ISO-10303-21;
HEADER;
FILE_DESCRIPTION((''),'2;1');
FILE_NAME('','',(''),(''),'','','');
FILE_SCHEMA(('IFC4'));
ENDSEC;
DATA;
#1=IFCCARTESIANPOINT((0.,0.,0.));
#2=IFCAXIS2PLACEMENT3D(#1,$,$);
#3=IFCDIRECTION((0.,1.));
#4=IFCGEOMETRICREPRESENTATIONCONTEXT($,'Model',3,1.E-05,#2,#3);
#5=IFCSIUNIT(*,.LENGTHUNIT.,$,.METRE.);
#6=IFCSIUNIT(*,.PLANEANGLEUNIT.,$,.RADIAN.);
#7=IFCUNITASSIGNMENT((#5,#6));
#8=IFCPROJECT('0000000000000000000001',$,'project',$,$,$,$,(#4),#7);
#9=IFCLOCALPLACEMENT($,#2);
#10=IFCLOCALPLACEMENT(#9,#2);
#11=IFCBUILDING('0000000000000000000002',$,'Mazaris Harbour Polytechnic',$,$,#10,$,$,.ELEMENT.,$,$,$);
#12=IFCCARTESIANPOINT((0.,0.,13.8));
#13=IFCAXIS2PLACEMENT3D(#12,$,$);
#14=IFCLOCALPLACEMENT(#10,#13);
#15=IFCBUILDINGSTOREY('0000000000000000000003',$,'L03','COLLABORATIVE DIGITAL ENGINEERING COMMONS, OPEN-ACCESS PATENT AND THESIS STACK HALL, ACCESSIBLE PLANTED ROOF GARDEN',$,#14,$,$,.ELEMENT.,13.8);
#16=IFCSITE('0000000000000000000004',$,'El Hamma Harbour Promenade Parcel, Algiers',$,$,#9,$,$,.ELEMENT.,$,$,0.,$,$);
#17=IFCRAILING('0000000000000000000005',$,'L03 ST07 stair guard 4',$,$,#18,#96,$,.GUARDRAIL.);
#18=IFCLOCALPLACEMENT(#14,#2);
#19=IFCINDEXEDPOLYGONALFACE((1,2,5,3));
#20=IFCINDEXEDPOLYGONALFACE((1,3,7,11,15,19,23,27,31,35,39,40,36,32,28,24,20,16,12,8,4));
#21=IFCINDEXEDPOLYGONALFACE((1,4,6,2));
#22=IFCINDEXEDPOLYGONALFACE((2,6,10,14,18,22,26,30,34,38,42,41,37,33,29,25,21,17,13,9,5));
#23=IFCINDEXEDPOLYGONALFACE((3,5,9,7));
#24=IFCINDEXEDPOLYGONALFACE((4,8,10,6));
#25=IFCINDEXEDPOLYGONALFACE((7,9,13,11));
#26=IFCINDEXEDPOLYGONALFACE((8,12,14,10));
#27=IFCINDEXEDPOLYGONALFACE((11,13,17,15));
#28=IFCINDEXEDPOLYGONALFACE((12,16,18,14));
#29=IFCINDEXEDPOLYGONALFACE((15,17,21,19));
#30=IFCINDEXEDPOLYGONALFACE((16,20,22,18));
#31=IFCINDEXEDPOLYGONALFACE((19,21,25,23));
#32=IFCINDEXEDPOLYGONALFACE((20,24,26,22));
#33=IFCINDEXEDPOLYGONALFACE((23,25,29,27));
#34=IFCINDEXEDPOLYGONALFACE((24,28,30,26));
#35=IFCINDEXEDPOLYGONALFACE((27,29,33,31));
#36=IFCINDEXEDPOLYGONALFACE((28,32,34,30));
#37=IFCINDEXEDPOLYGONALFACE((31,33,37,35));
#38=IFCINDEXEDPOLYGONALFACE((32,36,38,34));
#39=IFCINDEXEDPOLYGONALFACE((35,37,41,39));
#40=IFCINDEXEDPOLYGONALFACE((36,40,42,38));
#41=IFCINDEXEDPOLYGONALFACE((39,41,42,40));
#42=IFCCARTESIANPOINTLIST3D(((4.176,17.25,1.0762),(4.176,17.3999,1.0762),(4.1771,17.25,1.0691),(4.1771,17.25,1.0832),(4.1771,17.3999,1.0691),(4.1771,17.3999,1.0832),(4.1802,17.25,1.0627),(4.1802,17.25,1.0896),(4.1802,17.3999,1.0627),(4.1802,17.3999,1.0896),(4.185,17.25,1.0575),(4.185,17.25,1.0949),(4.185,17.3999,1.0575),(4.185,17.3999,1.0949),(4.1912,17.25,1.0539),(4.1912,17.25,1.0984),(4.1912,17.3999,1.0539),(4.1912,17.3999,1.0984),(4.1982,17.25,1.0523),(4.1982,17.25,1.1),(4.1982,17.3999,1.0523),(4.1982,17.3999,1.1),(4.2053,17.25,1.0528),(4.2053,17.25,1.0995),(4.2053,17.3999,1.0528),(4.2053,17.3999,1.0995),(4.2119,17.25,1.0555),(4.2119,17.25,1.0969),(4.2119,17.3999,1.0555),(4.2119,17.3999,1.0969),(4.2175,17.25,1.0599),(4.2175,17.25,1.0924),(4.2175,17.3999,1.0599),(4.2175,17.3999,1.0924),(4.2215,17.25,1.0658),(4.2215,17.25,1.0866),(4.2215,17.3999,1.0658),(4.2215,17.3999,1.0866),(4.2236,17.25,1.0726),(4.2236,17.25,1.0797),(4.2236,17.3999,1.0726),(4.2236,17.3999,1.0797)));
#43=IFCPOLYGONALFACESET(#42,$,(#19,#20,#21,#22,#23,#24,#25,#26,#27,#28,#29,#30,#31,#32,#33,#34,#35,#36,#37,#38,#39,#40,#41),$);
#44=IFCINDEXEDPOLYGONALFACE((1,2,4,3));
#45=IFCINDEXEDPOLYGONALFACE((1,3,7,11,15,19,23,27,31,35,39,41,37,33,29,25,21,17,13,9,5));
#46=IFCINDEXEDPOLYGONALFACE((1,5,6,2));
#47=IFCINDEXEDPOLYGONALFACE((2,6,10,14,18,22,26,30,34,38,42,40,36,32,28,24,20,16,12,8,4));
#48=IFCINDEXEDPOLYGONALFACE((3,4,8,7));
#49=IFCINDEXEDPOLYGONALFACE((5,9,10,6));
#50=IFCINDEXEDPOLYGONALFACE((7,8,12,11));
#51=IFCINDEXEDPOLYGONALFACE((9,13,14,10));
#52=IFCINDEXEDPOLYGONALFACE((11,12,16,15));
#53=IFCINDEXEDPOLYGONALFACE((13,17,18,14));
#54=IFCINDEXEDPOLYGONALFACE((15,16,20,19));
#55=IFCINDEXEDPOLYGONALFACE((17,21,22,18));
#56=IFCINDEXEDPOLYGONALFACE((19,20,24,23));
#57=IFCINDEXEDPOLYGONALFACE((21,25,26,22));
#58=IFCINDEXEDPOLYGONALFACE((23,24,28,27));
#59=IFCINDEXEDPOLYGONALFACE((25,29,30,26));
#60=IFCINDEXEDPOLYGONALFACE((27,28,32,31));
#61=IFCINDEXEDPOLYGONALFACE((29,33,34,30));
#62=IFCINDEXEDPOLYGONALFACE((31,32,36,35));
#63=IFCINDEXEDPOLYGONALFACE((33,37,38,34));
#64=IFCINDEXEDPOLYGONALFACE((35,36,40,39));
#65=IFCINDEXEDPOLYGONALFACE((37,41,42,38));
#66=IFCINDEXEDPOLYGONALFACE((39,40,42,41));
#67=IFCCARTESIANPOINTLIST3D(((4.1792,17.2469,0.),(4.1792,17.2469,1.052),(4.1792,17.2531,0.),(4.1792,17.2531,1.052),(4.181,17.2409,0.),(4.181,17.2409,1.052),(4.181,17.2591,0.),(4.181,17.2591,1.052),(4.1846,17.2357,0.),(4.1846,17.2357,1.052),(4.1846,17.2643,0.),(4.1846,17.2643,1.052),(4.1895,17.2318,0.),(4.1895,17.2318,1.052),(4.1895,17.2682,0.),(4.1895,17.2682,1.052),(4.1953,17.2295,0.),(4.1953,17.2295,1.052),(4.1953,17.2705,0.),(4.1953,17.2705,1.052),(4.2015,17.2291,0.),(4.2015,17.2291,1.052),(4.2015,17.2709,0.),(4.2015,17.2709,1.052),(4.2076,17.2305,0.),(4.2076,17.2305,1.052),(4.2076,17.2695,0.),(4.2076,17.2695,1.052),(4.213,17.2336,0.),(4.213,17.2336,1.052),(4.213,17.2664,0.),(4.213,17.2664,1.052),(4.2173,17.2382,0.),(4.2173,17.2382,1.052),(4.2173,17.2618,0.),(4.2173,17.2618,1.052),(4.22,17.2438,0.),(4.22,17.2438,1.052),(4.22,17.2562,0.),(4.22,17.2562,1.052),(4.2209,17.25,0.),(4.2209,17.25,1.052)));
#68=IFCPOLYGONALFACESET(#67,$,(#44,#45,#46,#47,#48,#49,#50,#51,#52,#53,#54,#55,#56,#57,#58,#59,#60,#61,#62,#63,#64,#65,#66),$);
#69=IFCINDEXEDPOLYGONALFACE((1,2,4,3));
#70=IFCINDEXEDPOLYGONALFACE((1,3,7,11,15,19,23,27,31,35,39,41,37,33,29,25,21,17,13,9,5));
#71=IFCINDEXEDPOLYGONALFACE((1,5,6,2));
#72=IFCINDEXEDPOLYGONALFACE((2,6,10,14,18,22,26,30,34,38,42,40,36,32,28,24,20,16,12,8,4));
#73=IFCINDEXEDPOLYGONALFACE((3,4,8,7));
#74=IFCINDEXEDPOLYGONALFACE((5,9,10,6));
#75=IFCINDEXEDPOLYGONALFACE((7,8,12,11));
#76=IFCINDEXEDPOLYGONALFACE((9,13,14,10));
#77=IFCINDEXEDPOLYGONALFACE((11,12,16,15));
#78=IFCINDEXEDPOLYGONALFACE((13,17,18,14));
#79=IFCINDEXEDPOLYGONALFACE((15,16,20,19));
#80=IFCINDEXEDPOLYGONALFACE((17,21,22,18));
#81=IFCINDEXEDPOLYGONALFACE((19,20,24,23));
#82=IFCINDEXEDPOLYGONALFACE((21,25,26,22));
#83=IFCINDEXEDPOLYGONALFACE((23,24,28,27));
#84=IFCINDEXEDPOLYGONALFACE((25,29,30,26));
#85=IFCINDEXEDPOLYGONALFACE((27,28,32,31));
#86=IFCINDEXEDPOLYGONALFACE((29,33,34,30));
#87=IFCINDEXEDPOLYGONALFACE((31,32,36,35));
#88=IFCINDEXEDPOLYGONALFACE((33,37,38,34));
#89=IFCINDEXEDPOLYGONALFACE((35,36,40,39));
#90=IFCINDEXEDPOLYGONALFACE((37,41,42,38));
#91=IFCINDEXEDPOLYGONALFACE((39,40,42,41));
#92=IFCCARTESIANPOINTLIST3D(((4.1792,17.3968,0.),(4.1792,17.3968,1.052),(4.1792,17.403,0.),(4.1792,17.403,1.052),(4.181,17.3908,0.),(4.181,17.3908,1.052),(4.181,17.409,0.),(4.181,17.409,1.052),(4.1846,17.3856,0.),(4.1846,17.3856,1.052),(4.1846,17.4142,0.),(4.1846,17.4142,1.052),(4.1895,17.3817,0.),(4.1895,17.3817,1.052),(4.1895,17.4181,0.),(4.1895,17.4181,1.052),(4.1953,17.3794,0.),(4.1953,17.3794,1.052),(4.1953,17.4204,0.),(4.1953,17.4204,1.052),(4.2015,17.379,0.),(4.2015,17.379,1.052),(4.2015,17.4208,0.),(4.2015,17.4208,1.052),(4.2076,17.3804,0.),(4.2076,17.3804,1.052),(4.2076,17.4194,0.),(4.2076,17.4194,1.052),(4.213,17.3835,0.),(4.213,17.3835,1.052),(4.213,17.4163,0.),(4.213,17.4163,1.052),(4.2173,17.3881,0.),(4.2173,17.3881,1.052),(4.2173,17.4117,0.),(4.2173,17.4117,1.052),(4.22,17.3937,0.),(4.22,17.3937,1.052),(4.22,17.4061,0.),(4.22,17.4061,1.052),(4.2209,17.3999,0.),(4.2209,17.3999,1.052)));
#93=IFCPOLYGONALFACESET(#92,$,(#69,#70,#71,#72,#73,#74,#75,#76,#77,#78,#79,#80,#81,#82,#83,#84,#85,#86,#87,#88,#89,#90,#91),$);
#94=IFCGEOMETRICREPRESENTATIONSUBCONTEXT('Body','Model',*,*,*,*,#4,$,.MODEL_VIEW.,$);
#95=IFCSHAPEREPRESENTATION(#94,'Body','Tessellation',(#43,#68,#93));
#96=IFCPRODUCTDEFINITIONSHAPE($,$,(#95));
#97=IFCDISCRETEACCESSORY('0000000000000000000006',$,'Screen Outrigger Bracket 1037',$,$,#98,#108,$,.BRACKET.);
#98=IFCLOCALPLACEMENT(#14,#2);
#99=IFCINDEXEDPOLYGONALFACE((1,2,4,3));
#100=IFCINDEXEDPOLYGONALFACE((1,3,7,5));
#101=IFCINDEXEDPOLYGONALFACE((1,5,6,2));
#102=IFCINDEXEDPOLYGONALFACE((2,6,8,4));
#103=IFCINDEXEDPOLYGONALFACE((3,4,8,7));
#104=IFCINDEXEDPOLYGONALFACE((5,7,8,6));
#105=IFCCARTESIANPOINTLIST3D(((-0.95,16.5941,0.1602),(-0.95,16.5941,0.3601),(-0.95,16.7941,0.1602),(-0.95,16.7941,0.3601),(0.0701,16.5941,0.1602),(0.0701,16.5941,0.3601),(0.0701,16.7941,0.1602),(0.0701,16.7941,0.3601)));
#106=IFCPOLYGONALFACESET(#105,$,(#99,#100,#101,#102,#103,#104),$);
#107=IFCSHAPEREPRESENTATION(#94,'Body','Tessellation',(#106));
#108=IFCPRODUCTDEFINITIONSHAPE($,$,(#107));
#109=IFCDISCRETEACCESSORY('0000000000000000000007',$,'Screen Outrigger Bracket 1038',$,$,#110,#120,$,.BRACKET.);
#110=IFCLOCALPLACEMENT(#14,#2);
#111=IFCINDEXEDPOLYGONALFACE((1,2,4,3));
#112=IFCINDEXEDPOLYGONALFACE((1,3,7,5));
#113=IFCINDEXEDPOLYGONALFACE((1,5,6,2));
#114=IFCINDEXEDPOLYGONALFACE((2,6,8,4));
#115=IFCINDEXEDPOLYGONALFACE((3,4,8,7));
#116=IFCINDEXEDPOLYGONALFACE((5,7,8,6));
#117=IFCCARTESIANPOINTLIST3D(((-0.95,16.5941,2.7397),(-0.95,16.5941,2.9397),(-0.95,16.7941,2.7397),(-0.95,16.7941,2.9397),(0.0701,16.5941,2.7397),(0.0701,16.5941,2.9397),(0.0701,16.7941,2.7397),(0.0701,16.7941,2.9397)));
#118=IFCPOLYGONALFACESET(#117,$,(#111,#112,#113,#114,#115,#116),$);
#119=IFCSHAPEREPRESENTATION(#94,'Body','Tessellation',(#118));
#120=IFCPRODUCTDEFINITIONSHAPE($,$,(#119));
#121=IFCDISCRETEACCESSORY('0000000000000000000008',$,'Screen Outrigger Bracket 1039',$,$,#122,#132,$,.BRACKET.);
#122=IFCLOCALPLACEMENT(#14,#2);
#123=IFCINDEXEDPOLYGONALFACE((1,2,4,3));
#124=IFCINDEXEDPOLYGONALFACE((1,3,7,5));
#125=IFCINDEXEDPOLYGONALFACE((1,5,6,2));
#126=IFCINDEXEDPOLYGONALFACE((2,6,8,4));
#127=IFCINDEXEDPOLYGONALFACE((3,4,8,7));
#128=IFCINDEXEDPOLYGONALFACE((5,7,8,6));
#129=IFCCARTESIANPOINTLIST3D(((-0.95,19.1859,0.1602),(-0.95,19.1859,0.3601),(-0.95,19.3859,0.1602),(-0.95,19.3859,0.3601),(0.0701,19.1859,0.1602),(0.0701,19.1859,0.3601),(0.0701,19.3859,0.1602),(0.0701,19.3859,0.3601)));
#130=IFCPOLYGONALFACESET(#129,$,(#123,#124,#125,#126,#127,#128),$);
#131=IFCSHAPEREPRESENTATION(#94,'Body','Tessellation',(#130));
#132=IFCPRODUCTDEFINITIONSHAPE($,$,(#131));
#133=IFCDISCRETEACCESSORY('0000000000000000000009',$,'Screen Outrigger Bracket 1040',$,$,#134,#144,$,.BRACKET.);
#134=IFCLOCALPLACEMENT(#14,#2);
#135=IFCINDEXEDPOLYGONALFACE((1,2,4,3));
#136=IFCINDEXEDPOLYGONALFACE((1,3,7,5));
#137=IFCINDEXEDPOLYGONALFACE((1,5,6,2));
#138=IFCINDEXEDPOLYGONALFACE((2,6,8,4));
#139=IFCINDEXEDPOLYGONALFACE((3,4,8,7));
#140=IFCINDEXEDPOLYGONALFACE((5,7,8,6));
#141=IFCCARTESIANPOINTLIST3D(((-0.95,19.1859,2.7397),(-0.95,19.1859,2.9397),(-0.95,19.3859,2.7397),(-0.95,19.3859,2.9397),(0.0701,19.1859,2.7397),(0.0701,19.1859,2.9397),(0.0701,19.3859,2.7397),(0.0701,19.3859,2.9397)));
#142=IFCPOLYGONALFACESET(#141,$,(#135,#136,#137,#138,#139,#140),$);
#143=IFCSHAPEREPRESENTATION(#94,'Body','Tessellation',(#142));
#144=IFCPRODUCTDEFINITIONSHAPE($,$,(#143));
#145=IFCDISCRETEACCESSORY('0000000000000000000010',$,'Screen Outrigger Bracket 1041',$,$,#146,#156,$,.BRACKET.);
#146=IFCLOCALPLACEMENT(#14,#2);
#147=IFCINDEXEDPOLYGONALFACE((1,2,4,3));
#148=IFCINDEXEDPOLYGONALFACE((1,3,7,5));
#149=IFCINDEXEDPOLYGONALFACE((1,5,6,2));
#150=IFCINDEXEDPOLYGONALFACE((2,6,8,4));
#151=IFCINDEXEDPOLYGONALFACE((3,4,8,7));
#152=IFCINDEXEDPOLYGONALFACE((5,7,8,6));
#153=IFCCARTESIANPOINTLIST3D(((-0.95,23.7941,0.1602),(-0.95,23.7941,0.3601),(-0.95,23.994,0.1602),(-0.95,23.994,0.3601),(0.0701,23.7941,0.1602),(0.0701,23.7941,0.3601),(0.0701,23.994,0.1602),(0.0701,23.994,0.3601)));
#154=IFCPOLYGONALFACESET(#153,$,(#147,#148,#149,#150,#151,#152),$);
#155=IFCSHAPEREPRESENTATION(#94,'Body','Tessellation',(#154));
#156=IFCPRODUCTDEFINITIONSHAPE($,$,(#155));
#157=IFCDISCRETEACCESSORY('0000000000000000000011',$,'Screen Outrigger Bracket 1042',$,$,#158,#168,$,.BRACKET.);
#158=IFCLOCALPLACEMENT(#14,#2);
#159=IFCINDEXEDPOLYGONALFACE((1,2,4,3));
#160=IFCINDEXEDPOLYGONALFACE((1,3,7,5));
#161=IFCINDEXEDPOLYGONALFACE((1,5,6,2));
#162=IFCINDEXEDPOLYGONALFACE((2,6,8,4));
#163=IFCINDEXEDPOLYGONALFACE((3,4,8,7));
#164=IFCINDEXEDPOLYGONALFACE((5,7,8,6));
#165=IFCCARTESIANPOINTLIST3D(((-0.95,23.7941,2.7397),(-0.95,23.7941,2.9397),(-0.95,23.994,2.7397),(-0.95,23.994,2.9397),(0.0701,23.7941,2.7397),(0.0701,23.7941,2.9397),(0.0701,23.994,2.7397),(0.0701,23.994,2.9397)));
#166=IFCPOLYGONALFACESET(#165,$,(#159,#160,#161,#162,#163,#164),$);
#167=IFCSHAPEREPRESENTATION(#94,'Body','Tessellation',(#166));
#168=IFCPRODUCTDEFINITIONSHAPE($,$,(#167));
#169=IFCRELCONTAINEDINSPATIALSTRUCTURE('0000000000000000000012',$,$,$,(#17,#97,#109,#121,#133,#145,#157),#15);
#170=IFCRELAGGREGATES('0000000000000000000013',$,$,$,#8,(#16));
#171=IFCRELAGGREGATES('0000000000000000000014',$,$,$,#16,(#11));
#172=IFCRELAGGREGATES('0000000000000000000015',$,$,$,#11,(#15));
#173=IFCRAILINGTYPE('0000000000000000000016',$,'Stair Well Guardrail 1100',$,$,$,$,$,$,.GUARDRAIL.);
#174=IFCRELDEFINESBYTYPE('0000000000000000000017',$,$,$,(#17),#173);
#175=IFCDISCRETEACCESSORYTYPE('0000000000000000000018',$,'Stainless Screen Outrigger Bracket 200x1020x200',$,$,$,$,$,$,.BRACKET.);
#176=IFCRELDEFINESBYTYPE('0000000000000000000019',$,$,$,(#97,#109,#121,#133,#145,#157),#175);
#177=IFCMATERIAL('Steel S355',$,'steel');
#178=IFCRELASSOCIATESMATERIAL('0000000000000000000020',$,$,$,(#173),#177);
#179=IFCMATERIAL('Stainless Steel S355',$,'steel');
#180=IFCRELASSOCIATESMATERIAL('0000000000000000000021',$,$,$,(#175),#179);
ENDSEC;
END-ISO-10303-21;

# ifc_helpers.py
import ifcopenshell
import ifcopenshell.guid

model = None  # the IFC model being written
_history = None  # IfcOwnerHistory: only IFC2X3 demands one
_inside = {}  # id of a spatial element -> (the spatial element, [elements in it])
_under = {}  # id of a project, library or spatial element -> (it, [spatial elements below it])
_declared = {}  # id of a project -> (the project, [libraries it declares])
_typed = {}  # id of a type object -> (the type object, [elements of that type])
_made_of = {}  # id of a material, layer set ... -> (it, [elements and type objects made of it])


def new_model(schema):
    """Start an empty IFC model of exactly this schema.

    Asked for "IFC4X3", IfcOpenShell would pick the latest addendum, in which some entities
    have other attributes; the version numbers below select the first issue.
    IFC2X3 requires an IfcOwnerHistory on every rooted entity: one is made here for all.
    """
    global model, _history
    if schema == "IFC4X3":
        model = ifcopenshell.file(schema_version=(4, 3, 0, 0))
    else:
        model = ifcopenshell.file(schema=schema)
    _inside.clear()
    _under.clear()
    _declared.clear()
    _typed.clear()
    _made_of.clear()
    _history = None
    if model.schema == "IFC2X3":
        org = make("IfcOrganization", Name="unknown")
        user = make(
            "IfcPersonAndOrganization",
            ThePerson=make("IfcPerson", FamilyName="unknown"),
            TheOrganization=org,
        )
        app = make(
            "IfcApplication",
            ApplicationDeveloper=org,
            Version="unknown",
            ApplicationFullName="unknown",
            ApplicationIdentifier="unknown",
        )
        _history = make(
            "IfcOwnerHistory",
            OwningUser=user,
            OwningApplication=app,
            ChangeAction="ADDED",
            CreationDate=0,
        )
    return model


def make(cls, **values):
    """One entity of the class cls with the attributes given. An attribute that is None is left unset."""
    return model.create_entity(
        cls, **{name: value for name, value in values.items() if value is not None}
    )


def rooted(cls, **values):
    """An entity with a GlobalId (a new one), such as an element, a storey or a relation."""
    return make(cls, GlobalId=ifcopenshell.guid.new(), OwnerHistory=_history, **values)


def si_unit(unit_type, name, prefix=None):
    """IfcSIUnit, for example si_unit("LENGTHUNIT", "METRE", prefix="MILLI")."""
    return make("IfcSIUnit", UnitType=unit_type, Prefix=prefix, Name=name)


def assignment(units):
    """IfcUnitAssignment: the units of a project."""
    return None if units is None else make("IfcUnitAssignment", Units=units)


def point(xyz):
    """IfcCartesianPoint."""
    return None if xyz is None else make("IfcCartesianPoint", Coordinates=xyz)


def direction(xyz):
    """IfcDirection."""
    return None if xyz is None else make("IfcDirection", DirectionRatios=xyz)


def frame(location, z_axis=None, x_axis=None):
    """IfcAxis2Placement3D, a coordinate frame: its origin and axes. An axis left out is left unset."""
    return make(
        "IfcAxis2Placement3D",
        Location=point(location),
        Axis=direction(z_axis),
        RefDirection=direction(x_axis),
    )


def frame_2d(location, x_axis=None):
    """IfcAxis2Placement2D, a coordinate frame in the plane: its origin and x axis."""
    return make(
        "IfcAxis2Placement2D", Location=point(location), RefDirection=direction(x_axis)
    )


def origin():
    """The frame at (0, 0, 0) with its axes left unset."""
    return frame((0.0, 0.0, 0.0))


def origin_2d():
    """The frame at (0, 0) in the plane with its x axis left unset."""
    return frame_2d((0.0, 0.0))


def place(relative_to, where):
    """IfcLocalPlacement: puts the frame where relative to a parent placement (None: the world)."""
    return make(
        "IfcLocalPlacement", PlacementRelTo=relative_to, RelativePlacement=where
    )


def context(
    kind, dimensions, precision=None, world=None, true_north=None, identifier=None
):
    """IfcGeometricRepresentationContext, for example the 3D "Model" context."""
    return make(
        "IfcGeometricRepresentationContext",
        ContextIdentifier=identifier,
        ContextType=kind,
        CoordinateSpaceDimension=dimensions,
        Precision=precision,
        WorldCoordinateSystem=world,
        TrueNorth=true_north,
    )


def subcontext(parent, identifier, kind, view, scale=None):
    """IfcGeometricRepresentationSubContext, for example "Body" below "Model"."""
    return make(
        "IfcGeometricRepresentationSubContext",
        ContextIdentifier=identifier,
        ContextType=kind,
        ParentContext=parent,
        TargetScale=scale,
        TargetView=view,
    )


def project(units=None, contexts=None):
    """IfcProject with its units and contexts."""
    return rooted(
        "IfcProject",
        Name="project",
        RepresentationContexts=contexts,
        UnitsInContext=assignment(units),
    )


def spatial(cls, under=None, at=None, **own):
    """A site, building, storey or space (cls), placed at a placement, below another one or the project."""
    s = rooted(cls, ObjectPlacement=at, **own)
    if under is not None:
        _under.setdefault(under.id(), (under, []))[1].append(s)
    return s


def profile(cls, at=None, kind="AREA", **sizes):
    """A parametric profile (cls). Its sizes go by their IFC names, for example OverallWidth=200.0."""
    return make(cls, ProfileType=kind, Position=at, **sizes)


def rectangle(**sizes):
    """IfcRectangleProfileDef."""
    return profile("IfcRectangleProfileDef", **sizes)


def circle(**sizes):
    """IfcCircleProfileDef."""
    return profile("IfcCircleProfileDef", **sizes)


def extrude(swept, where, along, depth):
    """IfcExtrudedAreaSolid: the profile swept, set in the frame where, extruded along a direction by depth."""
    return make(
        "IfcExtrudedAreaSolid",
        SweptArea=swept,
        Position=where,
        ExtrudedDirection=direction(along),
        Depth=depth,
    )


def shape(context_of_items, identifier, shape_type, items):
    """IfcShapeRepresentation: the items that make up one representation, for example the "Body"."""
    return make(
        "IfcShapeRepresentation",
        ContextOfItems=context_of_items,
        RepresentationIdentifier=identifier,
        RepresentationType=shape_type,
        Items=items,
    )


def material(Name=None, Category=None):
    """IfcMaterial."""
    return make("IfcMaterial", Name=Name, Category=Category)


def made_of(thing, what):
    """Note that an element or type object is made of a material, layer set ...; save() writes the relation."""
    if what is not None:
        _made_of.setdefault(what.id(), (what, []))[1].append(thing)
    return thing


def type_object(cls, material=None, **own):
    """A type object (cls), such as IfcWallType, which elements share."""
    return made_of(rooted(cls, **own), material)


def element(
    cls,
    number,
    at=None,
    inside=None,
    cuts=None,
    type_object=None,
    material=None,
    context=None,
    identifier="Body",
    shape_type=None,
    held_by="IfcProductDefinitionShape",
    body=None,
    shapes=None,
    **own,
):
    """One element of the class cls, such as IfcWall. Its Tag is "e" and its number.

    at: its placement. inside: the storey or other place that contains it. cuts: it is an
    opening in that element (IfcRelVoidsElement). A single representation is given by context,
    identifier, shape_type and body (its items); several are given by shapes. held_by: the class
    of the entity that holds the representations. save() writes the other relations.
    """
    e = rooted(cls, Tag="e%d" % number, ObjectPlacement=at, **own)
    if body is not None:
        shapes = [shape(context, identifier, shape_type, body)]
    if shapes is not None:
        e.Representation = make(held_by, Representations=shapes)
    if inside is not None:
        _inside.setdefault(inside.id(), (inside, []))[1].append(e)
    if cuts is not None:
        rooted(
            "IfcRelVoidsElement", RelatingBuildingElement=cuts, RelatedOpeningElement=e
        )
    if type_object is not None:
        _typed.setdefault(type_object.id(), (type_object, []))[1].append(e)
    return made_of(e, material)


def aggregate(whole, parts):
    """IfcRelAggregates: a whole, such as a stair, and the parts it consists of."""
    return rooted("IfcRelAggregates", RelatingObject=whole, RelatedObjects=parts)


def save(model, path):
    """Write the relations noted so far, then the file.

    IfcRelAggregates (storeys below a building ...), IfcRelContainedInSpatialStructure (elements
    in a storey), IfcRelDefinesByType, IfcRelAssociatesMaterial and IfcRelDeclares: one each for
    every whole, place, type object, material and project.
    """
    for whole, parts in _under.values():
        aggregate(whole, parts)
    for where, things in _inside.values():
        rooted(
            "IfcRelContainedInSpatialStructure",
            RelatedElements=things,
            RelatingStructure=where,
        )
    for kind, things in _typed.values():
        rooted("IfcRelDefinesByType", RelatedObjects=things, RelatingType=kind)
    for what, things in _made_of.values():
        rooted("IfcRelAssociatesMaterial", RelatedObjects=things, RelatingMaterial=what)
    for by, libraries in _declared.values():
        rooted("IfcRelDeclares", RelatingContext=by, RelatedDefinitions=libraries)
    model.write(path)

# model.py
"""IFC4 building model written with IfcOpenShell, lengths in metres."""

from ifc_helpers import new_model, si_unit, direction, frame, origin, origin_2d, place, context, subcontext, project, spatial, rectangle, circle, extrude, material, type_object, element, save


model = new_model("IFC4")

# Units and contexts
model_context = context("Model", 3, precision=1e-05, world=origin(), true_north=direction((0.0, 1.0)))
body_context = subcontext(model_context, "Body", "Model", "MODEL_VIEW")
ifc_project = project(units=[si_unit("LENGTHUNIT", "METRE"), si_unit("PLANEANGLEUNIT", "RADIAN")], contexts=[model_context])

# Site, building, storey
site_placement = place(None, origin())
site = spatial("IfcSite", under=ifc_project, at=site_placement, Name="El Hamma Harbour Promenade Parcel, Algiers", CompositionType="ELEMENT", RefElevation=0.0)
building_placement = place(site_placement, origin())
building = spatial("IfcBuilding", under=site, at=building_placement, Name="Mazaris Harbour Polytechnic", CompositionType="ELEMENT")
storey_placement = place(building_placement, frame((0.0, 0.0, 13.8)))
storey = spatial("IfcBuildingStorey", under=building, at=storey_placement, Name="L03", Description="COLLABORATIVE DIGITAL ENGINEERING COMMONS, OPEN-ACCESS PATENT AND THESIS STACK HALL, ACCESSIBLE PLANTED ROOF GARDEN", CompositionType="ELEMENT", Elevation=13.8)

# Railing
ifc_material_1 = material(Name="Steel S355", Category="steel")
railing_type_1 = type_object("IfcRailingType", Name="Stair Well Guardrail 1100", PredefinedType="GUARDRAIL", material=ifc_material_1)
railing_1_placement = place(storey_placement, frame((4.2, 17.25, 0.0)))
element("IfcRailing", 1, at=railing_1_placement, inside=storey, type_object=railing_type_1, Name="L03 ST07 stair guard 4", PredefinedType="GUARDRAIL", context=body_context, shape_type="SweptSolid", body=[
    extrude(circle(Radius=0.0239, at=origin_2d()), frame((0.0, 0.0, 1.0762), z_axis=(0.0, 1.0, 0.0), x_axis=(-1.0, 0.0, 0.0)), (0.0, 0.0, 1.0), 0.1499),
    extrude(circle(Radius=0.021, at=origin_2d()), origin(), (0.0, 0.0, 1.0), 1.052),
    extrude(circle(Radius=0.021, at=origin_2d()), frame((0.0, 0.1499, 0.0)), (0.0, 0.0, 1.0), 1.052),
])

# Discrete accessories
ifc_material_2 = material(Name="Stainless Steel S355", Category="steel")
discrete_accessory_type = type_object("IfcDiscreteAccessoryType", Name="Stainless Screen Outrigger Bracket 200x1020x200", PredefinedType="BRACKET", material=ifc_material_2)
for number, where, z_axis, x_axis, name in (
    (2, (-0.4399, 16.6941, 0.1602), (0.0, 0.0, 1.0), (0.0, 1.0, 0.0), "Screen Outrigger Bracket 1037"),
    (3, (-0.4399, 16.6941, 2.7397), (0.0, 0.0, 1.0), (0.0, 1.0, 0.0), "Screen Outrigger Bracket 1038"),
    (4, (-0.4399, 19.2859, 0.1602), (0.0, 0.0, 1.0), (0.0, 1.0, 0.0), "Screen Outrigger Bracket 1039"),
    (5, (-0.4399, 19.2859, 2.7397), (0.0, 0.0, 1.0), (0.0, 1.0, 0.0), "Screen Outrigger Bracket 1040"),
    (6, (-0.4399, 23.894, 0.1602), (0.0, 0.0, 1.0), (0.0, 1.0, 0.0), "Screen Outrigger Bracket 1041"),
    (7, (-0.4399, 23.894, 2.7397), (0.0, 0.0, 1.0), (0.0, 1.0, 0.0), "Screen Outrigger Bracket 1042"),
):
    element("IfcDiscreteAccessory", number, at=place(storey_placement, frame(where, z_axis=z_axis, x_axis=x_axis)), inside=storey, type_object=discrete_accessory_type, Name=name, PredefinedType="BRACKET", context=body_context, shape_type="SweptSolid", body=[
        extrude(rectangle(XDim=0.2, YDim=1.02, at=origin_2d()), origin(), (0.0, 0.0, 1.0), 0.2),
    ])

save(model, "model.ifc")
